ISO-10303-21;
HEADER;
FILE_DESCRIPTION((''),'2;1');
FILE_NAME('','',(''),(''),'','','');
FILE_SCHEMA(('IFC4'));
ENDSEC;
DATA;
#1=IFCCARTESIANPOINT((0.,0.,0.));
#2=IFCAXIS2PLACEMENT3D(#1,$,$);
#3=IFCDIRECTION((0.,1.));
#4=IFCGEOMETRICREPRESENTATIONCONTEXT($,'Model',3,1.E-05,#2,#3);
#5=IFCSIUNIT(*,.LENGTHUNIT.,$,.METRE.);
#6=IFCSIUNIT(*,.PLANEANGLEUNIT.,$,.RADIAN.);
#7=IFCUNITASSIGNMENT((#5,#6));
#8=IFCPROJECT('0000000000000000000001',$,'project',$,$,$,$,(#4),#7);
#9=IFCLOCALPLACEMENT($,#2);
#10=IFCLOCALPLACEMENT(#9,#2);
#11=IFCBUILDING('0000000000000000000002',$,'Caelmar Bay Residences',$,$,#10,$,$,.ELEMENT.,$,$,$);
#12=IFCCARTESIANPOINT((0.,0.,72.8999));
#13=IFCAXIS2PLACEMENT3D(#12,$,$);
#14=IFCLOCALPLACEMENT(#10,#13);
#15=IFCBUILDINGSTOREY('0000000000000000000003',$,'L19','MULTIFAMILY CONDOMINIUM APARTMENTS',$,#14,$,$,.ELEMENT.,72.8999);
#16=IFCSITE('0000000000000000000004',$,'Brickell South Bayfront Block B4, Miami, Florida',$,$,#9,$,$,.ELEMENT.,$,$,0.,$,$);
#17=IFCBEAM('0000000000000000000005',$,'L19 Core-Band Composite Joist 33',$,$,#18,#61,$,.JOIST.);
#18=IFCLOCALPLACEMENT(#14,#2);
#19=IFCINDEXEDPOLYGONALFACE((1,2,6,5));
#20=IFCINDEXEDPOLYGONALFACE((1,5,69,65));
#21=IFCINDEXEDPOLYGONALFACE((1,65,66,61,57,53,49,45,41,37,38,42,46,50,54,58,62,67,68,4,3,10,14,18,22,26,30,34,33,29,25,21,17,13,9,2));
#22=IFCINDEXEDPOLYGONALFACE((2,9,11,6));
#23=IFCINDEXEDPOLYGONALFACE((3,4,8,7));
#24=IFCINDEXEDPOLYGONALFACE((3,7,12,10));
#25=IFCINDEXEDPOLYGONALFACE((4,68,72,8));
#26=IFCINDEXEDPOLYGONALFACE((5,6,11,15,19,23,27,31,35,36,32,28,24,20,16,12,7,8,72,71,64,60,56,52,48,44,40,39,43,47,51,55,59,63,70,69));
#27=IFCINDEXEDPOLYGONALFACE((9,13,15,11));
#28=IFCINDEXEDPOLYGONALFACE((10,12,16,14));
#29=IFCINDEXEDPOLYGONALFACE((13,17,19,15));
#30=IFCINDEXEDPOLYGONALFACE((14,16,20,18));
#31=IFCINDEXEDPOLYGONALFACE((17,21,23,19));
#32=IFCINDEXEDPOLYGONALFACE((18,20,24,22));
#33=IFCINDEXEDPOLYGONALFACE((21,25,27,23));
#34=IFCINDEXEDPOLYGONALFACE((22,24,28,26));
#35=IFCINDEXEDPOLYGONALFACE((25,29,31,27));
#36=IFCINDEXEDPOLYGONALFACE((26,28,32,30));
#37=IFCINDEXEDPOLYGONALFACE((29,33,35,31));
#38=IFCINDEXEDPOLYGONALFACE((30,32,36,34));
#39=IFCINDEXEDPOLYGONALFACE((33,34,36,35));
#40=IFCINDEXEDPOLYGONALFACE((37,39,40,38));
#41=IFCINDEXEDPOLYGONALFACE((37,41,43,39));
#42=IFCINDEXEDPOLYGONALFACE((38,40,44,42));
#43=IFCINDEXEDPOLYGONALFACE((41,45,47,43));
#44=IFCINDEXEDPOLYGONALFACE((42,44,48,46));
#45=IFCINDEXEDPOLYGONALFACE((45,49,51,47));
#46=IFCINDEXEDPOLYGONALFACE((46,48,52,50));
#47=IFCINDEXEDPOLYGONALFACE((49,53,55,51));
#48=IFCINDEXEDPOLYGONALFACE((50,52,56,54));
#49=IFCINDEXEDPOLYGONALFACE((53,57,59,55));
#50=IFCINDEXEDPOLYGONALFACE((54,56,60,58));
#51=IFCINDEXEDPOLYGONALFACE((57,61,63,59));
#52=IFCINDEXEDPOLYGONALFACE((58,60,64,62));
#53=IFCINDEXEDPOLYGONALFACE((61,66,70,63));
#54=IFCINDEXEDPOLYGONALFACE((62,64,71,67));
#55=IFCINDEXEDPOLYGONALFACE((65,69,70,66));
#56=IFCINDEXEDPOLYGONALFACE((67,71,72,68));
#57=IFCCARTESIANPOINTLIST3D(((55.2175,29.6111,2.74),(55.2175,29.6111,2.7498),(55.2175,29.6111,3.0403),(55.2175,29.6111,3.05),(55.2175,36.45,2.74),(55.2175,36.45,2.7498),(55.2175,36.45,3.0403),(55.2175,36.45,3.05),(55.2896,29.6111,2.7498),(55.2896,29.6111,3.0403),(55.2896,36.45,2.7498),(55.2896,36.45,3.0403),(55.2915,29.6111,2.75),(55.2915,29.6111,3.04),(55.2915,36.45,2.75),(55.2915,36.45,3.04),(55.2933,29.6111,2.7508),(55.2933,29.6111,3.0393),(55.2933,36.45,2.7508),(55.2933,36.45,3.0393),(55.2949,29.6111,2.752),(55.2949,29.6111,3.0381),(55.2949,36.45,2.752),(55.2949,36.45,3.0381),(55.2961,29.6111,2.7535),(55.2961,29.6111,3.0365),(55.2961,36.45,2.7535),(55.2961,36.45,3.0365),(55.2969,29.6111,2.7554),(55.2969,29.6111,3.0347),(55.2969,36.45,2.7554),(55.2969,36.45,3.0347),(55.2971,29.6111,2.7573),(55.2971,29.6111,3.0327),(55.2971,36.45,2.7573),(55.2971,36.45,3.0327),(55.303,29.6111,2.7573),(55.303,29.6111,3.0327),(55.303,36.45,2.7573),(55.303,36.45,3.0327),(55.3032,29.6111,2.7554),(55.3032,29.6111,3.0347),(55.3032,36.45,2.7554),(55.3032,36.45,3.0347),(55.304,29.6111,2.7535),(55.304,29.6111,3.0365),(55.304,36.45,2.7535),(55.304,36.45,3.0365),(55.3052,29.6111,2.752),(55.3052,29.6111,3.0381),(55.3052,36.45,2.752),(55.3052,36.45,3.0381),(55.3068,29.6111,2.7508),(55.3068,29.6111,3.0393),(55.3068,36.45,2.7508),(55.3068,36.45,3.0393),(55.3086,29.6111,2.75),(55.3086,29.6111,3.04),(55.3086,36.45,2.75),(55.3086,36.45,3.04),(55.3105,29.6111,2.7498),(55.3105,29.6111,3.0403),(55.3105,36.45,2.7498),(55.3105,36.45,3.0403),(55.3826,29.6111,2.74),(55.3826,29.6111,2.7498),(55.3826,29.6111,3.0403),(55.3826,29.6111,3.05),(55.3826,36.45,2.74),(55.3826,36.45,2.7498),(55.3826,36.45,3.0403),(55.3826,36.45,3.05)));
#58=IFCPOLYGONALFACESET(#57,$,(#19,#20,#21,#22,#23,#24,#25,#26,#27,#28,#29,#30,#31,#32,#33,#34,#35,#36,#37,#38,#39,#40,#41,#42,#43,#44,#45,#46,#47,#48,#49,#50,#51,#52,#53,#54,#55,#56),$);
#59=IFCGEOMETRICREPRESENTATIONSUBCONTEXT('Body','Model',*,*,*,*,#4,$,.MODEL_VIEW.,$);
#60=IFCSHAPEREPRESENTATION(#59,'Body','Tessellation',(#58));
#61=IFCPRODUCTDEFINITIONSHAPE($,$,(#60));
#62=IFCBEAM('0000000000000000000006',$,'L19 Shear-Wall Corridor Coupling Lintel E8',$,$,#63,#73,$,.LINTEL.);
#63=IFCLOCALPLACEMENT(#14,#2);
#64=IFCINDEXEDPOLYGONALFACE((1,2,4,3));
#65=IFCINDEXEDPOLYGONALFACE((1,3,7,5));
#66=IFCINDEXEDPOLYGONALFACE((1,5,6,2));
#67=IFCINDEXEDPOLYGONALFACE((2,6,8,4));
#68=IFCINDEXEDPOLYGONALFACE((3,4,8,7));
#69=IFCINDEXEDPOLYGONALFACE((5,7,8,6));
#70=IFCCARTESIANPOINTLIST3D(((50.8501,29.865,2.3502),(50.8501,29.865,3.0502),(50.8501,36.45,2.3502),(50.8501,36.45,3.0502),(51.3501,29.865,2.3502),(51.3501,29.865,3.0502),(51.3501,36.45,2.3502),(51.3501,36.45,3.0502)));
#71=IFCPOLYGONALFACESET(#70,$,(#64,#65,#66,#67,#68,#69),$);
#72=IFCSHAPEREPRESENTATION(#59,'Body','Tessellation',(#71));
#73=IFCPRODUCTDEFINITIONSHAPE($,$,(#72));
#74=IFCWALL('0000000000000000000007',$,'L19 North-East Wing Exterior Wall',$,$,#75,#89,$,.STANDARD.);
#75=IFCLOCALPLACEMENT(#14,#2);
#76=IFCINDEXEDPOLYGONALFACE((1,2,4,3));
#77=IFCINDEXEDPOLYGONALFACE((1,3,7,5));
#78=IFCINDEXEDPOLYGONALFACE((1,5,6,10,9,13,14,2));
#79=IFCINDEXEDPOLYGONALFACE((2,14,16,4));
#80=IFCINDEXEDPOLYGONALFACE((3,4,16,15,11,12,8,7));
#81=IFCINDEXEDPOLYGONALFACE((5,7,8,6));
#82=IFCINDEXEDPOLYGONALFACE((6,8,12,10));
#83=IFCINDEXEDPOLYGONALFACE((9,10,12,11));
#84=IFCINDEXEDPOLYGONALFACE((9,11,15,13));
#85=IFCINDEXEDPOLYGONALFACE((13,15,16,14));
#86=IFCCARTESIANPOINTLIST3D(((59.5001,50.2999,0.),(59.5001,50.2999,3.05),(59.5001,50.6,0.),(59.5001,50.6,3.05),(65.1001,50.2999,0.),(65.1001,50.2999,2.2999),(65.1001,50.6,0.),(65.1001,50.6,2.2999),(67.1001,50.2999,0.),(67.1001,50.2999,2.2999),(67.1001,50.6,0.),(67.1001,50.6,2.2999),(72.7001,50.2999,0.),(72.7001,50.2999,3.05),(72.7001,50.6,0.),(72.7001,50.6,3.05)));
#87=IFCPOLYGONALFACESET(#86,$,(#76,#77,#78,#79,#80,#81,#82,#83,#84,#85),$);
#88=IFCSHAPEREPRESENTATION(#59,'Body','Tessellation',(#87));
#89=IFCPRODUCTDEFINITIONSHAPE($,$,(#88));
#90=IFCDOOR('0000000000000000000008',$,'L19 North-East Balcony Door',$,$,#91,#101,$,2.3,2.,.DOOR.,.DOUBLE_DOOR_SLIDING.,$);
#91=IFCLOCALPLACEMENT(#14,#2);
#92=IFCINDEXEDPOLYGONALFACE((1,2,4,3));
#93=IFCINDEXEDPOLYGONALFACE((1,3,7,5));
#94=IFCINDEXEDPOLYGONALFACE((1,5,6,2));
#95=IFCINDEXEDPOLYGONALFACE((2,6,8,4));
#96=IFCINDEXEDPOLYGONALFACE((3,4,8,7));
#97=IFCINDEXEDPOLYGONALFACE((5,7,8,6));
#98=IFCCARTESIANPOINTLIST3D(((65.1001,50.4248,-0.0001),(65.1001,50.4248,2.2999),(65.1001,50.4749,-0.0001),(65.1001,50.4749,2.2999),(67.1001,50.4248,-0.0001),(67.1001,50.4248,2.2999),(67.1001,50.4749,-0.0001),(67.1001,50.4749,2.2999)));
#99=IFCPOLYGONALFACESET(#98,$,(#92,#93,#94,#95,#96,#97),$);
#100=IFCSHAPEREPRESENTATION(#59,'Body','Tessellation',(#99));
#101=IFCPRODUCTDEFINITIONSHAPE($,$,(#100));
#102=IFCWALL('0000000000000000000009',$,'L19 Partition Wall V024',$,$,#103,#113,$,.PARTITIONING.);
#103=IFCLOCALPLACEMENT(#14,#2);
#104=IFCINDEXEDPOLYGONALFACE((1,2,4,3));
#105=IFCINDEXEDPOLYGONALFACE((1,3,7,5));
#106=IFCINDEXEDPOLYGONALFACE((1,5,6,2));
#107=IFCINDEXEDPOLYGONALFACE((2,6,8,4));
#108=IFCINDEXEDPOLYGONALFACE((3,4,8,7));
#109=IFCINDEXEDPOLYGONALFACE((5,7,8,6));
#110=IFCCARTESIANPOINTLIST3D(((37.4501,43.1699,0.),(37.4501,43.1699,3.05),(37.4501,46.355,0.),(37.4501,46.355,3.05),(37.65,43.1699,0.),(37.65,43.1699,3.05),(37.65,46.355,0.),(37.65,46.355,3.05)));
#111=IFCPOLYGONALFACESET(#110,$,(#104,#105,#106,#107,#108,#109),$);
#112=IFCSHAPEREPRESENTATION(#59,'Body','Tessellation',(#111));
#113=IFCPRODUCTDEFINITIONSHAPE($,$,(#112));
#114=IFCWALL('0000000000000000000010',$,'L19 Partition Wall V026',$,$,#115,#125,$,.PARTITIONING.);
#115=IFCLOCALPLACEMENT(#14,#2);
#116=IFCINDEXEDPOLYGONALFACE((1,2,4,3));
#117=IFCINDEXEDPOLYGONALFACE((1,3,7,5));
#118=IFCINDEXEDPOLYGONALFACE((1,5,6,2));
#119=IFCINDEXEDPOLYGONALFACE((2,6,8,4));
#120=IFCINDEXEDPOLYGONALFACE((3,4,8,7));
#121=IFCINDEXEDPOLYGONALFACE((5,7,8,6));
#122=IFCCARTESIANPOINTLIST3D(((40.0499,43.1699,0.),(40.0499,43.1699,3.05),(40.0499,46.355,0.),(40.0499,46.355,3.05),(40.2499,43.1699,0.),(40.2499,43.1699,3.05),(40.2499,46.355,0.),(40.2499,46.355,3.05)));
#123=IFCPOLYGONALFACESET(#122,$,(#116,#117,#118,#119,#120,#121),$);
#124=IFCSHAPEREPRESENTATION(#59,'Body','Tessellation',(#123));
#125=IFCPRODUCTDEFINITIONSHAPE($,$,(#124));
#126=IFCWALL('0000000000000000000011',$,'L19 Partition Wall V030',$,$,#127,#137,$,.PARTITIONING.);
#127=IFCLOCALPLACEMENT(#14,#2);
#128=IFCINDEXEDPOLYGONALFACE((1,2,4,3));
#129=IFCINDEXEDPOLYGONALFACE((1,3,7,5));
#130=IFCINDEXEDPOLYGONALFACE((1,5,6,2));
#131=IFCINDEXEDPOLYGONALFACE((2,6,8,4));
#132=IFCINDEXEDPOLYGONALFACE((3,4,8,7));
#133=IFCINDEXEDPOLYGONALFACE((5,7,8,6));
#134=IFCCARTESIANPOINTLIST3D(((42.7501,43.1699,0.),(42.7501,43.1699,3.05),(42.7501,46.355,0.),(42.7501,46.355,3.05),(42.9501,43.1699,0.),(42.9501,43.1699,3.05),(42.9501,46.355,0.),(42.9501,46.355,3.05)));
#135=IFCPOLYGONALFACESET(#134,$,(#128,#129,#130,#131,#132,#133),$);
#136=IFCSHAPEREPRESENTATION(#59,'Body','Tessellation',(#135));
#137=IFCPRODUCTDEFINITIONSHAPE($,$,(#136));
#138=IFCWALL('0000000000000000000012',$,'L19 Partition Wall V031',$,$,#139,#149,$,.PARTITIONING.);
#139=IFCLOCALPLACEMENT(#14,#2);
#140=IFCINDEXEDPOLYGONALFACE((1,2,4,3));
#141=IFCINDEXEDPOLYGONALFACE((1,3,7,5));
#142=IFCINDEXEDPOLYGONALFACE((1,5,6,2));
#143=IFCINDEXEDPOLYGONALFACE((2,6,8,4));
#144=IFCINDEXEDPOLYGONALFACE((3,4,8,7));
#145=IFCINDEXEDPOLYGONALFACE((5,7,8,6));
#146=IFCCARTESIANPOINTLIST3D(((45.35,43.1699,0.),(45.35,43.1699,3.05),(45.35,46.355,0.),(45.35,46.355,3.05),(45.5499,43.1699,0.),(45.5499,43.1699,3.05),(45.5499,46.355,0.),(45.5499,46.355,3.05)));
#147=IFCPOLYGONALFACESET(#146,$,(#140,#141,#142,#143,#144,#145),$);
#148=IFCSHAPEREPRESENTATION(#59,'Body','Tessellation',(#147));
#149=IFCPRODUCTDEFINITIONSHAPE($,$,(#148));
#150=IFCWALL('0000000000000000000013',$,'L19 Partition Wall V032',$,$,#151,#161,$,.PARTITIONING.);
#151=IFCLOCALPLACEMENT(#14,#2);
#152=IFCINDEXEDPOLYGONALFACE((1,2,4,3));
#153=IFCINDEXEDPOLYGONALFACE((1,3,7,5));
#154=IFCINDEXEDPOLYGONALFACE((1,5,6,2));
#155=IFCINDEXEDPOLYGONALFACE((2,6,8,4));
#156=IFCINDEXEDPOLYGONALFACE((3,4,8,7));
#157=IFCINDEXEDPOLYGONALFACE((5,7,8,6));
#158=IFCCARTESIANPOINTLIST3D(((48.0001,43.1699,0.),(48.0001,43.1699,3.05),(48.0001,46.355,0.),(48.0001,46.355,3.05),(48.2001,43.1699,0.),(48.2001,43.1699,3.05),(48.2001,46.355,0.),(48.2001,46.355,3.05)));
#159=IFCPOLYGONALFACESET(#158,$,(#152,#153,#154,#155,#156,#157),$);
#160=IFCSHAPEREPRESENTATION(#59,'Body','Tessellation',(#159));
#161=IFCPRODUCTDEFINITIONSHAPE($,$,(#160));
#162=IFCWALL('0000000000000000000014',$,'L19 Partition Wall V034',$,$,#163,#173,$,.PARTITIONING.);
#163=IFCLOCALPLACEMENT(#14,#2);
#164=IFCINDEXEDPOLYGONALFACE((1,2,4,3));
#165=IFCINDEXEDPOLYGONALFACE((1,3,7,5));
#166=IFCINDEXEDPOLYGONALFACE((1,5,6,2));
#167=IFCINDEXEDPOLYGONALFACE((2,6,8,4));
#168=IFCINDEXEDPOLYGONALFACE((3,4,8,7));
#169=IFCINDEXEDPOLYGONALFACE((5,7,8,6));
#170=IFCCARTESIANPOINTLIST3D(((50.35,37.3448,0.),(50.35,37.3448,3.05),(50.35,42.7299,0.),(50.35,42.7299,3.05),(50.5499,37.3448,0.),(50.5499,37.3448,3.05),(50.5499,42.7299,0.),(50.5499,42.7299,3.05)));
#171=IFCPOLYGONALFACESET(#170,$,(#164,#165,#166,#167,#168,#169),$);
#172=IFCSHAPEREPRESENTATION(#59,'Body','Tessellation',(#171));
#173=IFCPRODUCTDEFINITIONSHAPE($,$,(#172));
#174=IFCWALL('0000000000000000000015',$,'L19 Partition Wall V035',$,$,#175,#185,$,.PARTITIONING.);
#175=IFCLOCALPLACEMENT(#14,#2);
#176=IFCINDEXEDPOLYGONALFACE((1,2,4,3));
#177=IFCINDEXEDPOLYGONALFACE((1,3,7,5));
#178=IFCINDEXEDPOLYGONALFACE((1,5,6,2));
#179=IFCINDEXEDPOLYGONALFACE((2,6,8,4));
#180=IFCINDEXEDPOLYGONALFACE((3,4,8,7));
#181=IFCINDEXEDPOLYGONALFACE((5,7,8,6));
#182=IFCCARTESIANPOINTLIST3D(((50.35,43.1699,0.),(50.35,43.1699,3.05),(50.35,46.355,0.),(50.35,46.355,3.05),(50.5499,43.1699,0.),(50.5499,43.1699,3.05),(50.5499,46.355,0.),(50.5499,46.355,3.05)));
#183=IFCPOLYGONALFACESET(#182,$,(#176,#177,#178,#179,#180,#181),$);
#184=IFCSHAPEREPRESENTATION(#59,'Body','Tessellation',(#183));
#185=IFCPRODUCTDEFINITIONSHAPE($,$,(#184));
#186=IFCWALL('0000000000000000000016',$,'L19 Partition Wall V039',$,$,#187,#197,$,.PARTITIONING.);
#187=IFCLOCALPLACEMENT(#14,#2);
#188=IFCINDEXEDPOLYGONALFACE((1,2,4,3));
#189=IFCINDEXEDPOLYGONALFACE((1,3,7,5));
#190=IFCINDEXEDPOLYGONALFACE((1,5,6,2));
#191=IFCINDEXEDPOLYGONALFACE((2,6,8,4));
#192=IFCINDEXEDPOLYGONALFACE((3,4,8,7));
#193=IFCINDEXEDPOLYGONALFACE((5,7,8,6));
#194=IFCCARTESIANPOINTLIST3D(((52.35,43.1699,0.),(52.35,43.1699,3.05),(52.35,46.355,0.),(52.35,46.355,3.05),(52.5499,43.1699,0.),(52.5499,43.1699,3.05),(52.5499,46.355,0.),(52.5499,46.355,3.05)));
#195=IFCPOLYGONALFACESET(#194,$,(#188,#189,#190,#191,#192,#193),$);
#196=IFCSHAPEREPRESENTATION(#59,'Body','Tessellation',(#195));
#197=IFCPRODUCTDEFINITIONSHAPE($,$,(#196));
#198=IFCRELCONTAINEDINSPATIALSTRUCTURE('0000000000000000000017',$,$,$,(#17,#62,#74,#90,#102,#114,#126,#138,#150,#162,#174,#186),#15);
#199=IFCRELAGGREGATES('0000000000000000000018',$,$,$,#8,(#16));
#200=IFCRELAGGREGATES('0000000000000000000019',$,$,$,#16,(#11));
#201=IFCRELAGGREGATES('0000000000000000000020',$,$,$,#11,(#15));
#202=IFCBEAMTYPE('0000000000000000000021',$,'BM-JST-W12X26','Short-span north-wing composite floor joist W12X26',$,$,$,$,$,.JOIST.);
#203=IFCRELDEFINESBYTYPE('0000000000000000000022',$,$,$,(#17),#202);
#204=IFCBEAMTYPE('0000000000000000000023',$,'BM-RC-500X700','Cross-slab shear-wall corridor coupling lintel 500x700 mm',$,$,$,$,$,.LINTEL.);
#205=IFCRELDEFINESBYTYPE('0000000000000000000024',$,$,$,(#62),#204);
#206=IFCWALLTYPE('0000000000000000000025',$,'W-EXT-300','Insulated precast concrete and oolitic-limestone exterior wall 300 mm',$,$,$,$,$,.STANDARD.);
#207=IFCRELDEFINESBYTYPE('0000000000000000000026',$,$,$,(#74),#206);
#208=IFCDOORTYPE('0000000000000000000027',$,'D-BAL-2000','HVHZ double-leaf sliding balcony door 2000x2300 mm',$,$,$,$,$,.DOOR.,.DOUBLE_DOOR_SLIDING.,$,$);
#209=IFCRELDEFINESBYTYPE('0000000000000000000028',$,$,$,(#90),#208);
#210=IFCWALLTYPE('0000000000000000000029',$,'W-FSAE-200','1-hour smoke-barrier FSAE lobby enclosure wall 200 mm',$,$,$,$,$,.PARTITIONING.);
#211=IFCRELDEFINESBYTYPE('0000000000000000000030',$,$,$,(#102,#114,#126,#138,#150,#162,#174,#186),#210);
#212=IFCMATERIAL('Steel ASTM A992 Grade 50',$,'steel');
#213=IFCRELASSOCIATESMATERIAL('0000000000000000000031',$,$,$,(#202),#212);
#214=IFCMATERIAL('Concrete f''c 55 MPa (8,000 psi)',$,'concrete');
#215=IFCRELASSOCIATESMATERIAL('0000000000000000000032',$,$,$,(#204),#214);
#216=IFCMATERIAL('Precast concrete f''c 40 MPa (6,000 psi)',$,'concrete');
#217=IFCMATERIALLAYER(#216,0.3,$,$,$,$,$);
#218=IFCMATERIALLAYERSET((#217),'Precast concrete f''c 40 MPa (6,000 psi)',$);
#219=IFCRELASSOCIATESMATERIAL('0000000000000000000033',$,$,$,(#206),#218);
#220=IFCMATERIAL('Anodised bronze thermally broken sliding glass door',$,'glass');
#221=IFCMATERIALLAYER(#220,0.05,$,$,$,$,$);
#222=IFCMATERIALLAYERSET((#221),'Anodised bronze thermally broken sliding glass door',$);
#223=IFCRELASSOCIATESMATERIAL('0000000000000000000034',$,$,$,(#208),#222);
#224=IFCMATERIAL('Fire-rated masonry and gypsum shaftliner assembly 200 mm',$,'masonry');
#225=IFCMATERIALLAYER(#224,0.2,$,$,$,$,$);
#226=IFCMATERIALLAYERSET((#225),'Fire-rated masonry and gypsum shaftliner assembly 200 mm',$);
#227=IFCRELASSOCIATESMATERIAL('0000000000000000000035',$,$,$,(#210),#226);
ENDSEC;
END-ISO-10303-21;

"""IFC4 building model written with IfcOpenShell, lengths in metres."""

from ifc_helpers import new_model, si_unit, direction, frame, frame_2d, origin, origin_2d, place, context, subcontext, project, spatial, rectangle, i_section, extrude, material, layer, layer_set, material_profile, profile_set, type_object, element, fill, save


model = new_model("IFC4")

# Units and contexts
model_context = context("Model", 3, precision=1e-05, world=origin(), true_north=direction((0.0, 1.0)))
body_context = subcontext(model_context, "Body", "Model", "MODEL_VIEW")
ifc_project = project(units=[si_unit("LENGTHUNIT", "METRE"), si_unit("PLANEANGLEUNIT", "RADIAN")], contexts=[model_context])

# Site, building, storey
site_placement = place(None, origin())
site = spatial("IfcSite", under=ifc_project, at=site_placement, Name="Brickell South Bayfront Block B4, Miami, Florida", CompositionType="ELEMENT", RefElevation=0.0)
building_placement = place(site_placement, origin())
building = spatial("IfcBuilding", under=site, at=building_placement, Name="Caelmar Bay Residences", CompositionType="ELEMENT")
storey_placement = place(building_placement, frame((0.0, 0.0, 72.8999)))
storey = spatial("IfcBuildingStorey", under=building, at=storey_placement, Name="L19", Description="MULTIFAMILY CONDOMINIUM APARTMENTS", CompositionType="ELEMENT", Elevation=72.8999)

# Beams
ifc_material_1 = material(Name="Steel ASTM A992 Grade 50", Category="steel")
ifc_material_profile_1 = material_profile(ifc_material_1, i_section(OverallWidth=0.165, OverallDepth=0.3101, WebThickness=0.0059, FlangeThickness=0.0098, FilletRadius=0.0076, at=origin_2d()), Name="W12X26")
ifc_profile_set_1 = profile_set([ifc_material_profile_1], Name="Steel ASTM A992 Grade 50")
beam_type_1 = type_object("IfcBeamType", Name="BM-JST-W12X26", Description="Short-span north-wing composite floor joist W12X26", PredefinedType="JOIST", material=ifc_profile_set_1)
for number, where, z_axis, x_axis, name in (
    (1, (55.3, 29.6111, 2.895), (0.0, 1.0, 0.0), (-1.0, 0.0, 0.0), "L19 Core-Band Composite Joist 33"),
):
    element("IfcBeam", number, at=place(storey_placement, frame(where, z_axis=z_axis, x_axis=x_axis)), inside=storey, type_object=beam_type_1, Name=name, PredefinedType="JOIST", context=body_context, shape_type="SweptSolid", body=[
        extrude(i_section(OverallWidth=0.165, OverallDepth=0.3101, WebThickness=0.0059, FlangeThickness=0.0098, FilletRadius=0.0076, at=origin_2d()), origin(), (0.0, 0.0, 1.0), 6.8389),
    ])
ifc_material_2 = material(Name="Concrete f'c 55 MPa (8,000 psi)", Category="concrete")
ifc_material_profile_2 = material_profile(ifc_material_2, rectangle(XDim=0.5, YDim=0.7, at=origin_2d()), Name="RC-BM-500X700")
ifc_profile_set_2 = profile_set([ifc_material_profile_2], Name="Concrete f'c 55 MPa (8,000 psi)")
beam_type_2 = type_object("IfcBeamType", Name="BM-RC-500X700", Description="Cross-slab shear-wall corridor coupling lintel 500x700 mm", PredefinedType="LINTEL", material=ifc_profile_set_2)
beam_placement = place(storey_placement, frame((51.1001, 29.865, 2.7002), z_axis=(0.0, 1.0, 0.0), x_axis=(-1.0, 0.0, 0.0)))
element("IfcBeam", 2, at=beam_placement, inside=storey, type_object=beam_type_2, Name="L19 Shear-Wall Corridor Coupling Lintel E8", PredefinedType="LINTEL", context=body_context, shape_type="SweptSolid", body=[
    extrude(rectangle(XDim=0.5, YDim=0.7, at=origin_2d()), origin(), (0.0, 0.0, 1.0), 6.585),
])

# Wall, opening, door
ifc_material_3 = material(Name="Precast concrete f'c 40 MPa (6,000 psi)", Category="concrete")
ifc_layer_1 = layer(ifc_material_3, 0.3)
ifc_layer_set_1 = layer_set([ifc_layer_1], Name="Precast concrete f'c 40 MPa (6,000 psi)")
wall_type_1 = type_object("IfcWallType", Name="W-EXT-300", Description="Insulated precast concrete and oolitic-limestone exterior wall 300 mm", PredefinedType="STANDARD", material=ifc_layer_set_1)
wall_1_placement = place(storey_placement, frame((59.5, 50.45, 0.0), z_axis=(0.0, 0.0, 1.0), x_axis=(1.0, 0.0, 0.0)))
wall_1 = element("IfcWall", 3, at=wall_1_placement, inside=storey, type_object=wall_type_1, Name="L19 North-East Wing Exterior Wall", PredefinedType="STANDARD", context=body_context, shape_type="SweptSolid", body=[
    extrude(rectangle(XDim=13.2, YDim=0.3, at=frame_2d((6.6001, 0.0))), origin(), (0.0, 0.0, 1.0), 3.05),
])
opening_1_placement = place(wall_1_placement, frame((5.6001, 0.0, 0.0)))
opening_1 = element("IfcOpeningElement", 4, at=opening_1_placement, cuts=wall_1, PredefinedType="OPENING", context=body_context, shape_type="SweptSolid", body=[
    extrude(rectangle(XDim=2.0, YDim=2.3, at=frame_2d((1.0, 1.1499))), frame((0.0, 0.1599, 0.0), z_axis=(0.0, -1.0, 0.0), x_axis=(1.0, 0.0, 0.0)), (0.0, 0.0, 1.0), 0.3201),
])
ifc_material_4 = material(Name="Anodised bronze thermally broken sliding glass door", Category="glass")
ifc_layer_2 = layer(ifc_material_4, 0.05)
ifc_layer_set_2 = layer_set([ifc_layer_2], Name="Anodised bronze thermally broken sliding glass door")
door_type_1 = type_object("IfcDoorType", Name="D-BAL-2000", Description="HVHZ double-leaf sliding balcony door 2000x2300 mm", OperationType="DOUBLE_DOOR_SLIDING", PredefinedType="DOOR", material=ifc_layer_set_2)
door_1_placement = place(opening_1_placement, origin())
door_1 = element("IfcDoor", 5, at=door_1_placement, inside=storey, type_object=door_type_1, Name="L19 North-East Balcony Door", OperationType="DOUBLE_DOOR_SLIDING", OverallHeight=2.3, OverallWidth=2.0, PredefinedType="DOOR", context=body_context, shape_type="SweptSolid", body=[
    extrude(rectangle(XDim=2.0, YDim=2.3, at=frame_2d((1.0, 1.1499))), frame((0.0, 0.0249, 0.0), z_axis=(0.0, -1.0, 0.0), x_axis=(1.0, 0.0, 0.0)), (0.0, 0.0, 1.0), 0.05),
])
fill(opening_1, door_1)

# Walls
ifc_material_5 = material(Name="Fire-rated masonry and gypsum shaftliner assembly 200 mm", Category="masonry")
ifc_layer_3 = layer(ifc_material_5, 0.2)
ifc_layer_set_3 = layer_set([ifc_layer_3], Name="Fire-rated masonry and gypsum shaftliner assembly 200 mm")
wall_type_2 = type_object("IfcWallType", Name="W-FSAE-200", Description="1-hour smoke-barrier FSAE lobby enclosure wall 200 mm", PredefinedType="PARTITIONING", material=ifc_layer_set_3)
for number, where, z_axis, x_axis, name in (
    (6, (37.55, 43.1699, 0.0), (0.0, 0.0, 1.0), (0.0, 1.0, 0.0), "L19 Partition Wall V024"),
    (7, (40.1499, 43.1699, 0.0), (0.0, 0.0, 1.0), (0.0, 1.0, 0.0), "L19 Partition Wall V026"),
    (8, (42.8501, 43.1699, 0.0), (0.0, 0.0, 1.0), (0.0, 1.0, 0.0), "L19 Partition Wall V030"),
    (9, (45.45, 43.1699, 0.0), (0.0, 0.0, 1.0), (0.0, 1.0, 0.0), "L19 Partition Wall V031"),
    (10, (48.1001, 43.1699, 0.0), (0.0, 0.0, 1.0), (0.0, 1.0, 0.0), "L19 Partition Wall V032"),
):
    element("IfcWall", number, at=place(storey_placement, frame(where, z_axis=z_axis, x_axis=x_axis)), inside=storey, type_object=wall_type_2, Name=name, PredefinedType="PARTITIONING", context=body_context, shape_type="SweptSolid", body=[
        extrude(rectangle(XDim=3.1851, YDim=0.2, at=frame_2d((1.5925, 0.0))), origin(), (0.0, 0.0, 1.0), 3.05),
    ])
wall_2_placement = place(storey_placement, frame((50.45, 37.345, 0.0), z_axis=(0.0, 0.0, 1.0), x_axis=(0.0, 1.0, 0.0)))
element("IfcWall", 11, at=wall_2_placement, inside=storey, type_object=wall_type_2, Name="L19 Partition Wall V034", PredefinedType="PARTITIONING", context=body_context, shape_type="SweptSolid", body=[
    extrude(rectangle(XDim=5.385, YDim=0.2, at=frame_2d((2.6924, 0.0))), origin(), (0.0, 0.0, 1.0), 3.05),
])
for number, where, z_axis, x_axis, name in (
    (12, (50.45, 43.1699, 0.0), (0.0, 0.0, 1.0), (0.0, 1.0, 0.0), "L19 Partition Wall V035"),
    (13, (52.45, 43.1699, 0.0), (0.0, 0.0, 1.0), (0.0, 1.0, 0.0), "L19 Partition Wall V039"),
):
    element("IfcWall", number, at=place(storey_placement, frame(where, z_axis=z_axis, x_axis=x_axis)), inside=storey, type_object=wall_type_2, Name=name, PredefinedType="PARTITIONING", context=body_context, shape_type="SweptSolid", body=[
        extrude(rectangle(XDim=3.1851, YDim=0.2, at=frame_2d((1.5925, 0.0))), origin(), (0.0, 0.0, 1.0), 3.05),
    ])

save(model, "model.ifc")
